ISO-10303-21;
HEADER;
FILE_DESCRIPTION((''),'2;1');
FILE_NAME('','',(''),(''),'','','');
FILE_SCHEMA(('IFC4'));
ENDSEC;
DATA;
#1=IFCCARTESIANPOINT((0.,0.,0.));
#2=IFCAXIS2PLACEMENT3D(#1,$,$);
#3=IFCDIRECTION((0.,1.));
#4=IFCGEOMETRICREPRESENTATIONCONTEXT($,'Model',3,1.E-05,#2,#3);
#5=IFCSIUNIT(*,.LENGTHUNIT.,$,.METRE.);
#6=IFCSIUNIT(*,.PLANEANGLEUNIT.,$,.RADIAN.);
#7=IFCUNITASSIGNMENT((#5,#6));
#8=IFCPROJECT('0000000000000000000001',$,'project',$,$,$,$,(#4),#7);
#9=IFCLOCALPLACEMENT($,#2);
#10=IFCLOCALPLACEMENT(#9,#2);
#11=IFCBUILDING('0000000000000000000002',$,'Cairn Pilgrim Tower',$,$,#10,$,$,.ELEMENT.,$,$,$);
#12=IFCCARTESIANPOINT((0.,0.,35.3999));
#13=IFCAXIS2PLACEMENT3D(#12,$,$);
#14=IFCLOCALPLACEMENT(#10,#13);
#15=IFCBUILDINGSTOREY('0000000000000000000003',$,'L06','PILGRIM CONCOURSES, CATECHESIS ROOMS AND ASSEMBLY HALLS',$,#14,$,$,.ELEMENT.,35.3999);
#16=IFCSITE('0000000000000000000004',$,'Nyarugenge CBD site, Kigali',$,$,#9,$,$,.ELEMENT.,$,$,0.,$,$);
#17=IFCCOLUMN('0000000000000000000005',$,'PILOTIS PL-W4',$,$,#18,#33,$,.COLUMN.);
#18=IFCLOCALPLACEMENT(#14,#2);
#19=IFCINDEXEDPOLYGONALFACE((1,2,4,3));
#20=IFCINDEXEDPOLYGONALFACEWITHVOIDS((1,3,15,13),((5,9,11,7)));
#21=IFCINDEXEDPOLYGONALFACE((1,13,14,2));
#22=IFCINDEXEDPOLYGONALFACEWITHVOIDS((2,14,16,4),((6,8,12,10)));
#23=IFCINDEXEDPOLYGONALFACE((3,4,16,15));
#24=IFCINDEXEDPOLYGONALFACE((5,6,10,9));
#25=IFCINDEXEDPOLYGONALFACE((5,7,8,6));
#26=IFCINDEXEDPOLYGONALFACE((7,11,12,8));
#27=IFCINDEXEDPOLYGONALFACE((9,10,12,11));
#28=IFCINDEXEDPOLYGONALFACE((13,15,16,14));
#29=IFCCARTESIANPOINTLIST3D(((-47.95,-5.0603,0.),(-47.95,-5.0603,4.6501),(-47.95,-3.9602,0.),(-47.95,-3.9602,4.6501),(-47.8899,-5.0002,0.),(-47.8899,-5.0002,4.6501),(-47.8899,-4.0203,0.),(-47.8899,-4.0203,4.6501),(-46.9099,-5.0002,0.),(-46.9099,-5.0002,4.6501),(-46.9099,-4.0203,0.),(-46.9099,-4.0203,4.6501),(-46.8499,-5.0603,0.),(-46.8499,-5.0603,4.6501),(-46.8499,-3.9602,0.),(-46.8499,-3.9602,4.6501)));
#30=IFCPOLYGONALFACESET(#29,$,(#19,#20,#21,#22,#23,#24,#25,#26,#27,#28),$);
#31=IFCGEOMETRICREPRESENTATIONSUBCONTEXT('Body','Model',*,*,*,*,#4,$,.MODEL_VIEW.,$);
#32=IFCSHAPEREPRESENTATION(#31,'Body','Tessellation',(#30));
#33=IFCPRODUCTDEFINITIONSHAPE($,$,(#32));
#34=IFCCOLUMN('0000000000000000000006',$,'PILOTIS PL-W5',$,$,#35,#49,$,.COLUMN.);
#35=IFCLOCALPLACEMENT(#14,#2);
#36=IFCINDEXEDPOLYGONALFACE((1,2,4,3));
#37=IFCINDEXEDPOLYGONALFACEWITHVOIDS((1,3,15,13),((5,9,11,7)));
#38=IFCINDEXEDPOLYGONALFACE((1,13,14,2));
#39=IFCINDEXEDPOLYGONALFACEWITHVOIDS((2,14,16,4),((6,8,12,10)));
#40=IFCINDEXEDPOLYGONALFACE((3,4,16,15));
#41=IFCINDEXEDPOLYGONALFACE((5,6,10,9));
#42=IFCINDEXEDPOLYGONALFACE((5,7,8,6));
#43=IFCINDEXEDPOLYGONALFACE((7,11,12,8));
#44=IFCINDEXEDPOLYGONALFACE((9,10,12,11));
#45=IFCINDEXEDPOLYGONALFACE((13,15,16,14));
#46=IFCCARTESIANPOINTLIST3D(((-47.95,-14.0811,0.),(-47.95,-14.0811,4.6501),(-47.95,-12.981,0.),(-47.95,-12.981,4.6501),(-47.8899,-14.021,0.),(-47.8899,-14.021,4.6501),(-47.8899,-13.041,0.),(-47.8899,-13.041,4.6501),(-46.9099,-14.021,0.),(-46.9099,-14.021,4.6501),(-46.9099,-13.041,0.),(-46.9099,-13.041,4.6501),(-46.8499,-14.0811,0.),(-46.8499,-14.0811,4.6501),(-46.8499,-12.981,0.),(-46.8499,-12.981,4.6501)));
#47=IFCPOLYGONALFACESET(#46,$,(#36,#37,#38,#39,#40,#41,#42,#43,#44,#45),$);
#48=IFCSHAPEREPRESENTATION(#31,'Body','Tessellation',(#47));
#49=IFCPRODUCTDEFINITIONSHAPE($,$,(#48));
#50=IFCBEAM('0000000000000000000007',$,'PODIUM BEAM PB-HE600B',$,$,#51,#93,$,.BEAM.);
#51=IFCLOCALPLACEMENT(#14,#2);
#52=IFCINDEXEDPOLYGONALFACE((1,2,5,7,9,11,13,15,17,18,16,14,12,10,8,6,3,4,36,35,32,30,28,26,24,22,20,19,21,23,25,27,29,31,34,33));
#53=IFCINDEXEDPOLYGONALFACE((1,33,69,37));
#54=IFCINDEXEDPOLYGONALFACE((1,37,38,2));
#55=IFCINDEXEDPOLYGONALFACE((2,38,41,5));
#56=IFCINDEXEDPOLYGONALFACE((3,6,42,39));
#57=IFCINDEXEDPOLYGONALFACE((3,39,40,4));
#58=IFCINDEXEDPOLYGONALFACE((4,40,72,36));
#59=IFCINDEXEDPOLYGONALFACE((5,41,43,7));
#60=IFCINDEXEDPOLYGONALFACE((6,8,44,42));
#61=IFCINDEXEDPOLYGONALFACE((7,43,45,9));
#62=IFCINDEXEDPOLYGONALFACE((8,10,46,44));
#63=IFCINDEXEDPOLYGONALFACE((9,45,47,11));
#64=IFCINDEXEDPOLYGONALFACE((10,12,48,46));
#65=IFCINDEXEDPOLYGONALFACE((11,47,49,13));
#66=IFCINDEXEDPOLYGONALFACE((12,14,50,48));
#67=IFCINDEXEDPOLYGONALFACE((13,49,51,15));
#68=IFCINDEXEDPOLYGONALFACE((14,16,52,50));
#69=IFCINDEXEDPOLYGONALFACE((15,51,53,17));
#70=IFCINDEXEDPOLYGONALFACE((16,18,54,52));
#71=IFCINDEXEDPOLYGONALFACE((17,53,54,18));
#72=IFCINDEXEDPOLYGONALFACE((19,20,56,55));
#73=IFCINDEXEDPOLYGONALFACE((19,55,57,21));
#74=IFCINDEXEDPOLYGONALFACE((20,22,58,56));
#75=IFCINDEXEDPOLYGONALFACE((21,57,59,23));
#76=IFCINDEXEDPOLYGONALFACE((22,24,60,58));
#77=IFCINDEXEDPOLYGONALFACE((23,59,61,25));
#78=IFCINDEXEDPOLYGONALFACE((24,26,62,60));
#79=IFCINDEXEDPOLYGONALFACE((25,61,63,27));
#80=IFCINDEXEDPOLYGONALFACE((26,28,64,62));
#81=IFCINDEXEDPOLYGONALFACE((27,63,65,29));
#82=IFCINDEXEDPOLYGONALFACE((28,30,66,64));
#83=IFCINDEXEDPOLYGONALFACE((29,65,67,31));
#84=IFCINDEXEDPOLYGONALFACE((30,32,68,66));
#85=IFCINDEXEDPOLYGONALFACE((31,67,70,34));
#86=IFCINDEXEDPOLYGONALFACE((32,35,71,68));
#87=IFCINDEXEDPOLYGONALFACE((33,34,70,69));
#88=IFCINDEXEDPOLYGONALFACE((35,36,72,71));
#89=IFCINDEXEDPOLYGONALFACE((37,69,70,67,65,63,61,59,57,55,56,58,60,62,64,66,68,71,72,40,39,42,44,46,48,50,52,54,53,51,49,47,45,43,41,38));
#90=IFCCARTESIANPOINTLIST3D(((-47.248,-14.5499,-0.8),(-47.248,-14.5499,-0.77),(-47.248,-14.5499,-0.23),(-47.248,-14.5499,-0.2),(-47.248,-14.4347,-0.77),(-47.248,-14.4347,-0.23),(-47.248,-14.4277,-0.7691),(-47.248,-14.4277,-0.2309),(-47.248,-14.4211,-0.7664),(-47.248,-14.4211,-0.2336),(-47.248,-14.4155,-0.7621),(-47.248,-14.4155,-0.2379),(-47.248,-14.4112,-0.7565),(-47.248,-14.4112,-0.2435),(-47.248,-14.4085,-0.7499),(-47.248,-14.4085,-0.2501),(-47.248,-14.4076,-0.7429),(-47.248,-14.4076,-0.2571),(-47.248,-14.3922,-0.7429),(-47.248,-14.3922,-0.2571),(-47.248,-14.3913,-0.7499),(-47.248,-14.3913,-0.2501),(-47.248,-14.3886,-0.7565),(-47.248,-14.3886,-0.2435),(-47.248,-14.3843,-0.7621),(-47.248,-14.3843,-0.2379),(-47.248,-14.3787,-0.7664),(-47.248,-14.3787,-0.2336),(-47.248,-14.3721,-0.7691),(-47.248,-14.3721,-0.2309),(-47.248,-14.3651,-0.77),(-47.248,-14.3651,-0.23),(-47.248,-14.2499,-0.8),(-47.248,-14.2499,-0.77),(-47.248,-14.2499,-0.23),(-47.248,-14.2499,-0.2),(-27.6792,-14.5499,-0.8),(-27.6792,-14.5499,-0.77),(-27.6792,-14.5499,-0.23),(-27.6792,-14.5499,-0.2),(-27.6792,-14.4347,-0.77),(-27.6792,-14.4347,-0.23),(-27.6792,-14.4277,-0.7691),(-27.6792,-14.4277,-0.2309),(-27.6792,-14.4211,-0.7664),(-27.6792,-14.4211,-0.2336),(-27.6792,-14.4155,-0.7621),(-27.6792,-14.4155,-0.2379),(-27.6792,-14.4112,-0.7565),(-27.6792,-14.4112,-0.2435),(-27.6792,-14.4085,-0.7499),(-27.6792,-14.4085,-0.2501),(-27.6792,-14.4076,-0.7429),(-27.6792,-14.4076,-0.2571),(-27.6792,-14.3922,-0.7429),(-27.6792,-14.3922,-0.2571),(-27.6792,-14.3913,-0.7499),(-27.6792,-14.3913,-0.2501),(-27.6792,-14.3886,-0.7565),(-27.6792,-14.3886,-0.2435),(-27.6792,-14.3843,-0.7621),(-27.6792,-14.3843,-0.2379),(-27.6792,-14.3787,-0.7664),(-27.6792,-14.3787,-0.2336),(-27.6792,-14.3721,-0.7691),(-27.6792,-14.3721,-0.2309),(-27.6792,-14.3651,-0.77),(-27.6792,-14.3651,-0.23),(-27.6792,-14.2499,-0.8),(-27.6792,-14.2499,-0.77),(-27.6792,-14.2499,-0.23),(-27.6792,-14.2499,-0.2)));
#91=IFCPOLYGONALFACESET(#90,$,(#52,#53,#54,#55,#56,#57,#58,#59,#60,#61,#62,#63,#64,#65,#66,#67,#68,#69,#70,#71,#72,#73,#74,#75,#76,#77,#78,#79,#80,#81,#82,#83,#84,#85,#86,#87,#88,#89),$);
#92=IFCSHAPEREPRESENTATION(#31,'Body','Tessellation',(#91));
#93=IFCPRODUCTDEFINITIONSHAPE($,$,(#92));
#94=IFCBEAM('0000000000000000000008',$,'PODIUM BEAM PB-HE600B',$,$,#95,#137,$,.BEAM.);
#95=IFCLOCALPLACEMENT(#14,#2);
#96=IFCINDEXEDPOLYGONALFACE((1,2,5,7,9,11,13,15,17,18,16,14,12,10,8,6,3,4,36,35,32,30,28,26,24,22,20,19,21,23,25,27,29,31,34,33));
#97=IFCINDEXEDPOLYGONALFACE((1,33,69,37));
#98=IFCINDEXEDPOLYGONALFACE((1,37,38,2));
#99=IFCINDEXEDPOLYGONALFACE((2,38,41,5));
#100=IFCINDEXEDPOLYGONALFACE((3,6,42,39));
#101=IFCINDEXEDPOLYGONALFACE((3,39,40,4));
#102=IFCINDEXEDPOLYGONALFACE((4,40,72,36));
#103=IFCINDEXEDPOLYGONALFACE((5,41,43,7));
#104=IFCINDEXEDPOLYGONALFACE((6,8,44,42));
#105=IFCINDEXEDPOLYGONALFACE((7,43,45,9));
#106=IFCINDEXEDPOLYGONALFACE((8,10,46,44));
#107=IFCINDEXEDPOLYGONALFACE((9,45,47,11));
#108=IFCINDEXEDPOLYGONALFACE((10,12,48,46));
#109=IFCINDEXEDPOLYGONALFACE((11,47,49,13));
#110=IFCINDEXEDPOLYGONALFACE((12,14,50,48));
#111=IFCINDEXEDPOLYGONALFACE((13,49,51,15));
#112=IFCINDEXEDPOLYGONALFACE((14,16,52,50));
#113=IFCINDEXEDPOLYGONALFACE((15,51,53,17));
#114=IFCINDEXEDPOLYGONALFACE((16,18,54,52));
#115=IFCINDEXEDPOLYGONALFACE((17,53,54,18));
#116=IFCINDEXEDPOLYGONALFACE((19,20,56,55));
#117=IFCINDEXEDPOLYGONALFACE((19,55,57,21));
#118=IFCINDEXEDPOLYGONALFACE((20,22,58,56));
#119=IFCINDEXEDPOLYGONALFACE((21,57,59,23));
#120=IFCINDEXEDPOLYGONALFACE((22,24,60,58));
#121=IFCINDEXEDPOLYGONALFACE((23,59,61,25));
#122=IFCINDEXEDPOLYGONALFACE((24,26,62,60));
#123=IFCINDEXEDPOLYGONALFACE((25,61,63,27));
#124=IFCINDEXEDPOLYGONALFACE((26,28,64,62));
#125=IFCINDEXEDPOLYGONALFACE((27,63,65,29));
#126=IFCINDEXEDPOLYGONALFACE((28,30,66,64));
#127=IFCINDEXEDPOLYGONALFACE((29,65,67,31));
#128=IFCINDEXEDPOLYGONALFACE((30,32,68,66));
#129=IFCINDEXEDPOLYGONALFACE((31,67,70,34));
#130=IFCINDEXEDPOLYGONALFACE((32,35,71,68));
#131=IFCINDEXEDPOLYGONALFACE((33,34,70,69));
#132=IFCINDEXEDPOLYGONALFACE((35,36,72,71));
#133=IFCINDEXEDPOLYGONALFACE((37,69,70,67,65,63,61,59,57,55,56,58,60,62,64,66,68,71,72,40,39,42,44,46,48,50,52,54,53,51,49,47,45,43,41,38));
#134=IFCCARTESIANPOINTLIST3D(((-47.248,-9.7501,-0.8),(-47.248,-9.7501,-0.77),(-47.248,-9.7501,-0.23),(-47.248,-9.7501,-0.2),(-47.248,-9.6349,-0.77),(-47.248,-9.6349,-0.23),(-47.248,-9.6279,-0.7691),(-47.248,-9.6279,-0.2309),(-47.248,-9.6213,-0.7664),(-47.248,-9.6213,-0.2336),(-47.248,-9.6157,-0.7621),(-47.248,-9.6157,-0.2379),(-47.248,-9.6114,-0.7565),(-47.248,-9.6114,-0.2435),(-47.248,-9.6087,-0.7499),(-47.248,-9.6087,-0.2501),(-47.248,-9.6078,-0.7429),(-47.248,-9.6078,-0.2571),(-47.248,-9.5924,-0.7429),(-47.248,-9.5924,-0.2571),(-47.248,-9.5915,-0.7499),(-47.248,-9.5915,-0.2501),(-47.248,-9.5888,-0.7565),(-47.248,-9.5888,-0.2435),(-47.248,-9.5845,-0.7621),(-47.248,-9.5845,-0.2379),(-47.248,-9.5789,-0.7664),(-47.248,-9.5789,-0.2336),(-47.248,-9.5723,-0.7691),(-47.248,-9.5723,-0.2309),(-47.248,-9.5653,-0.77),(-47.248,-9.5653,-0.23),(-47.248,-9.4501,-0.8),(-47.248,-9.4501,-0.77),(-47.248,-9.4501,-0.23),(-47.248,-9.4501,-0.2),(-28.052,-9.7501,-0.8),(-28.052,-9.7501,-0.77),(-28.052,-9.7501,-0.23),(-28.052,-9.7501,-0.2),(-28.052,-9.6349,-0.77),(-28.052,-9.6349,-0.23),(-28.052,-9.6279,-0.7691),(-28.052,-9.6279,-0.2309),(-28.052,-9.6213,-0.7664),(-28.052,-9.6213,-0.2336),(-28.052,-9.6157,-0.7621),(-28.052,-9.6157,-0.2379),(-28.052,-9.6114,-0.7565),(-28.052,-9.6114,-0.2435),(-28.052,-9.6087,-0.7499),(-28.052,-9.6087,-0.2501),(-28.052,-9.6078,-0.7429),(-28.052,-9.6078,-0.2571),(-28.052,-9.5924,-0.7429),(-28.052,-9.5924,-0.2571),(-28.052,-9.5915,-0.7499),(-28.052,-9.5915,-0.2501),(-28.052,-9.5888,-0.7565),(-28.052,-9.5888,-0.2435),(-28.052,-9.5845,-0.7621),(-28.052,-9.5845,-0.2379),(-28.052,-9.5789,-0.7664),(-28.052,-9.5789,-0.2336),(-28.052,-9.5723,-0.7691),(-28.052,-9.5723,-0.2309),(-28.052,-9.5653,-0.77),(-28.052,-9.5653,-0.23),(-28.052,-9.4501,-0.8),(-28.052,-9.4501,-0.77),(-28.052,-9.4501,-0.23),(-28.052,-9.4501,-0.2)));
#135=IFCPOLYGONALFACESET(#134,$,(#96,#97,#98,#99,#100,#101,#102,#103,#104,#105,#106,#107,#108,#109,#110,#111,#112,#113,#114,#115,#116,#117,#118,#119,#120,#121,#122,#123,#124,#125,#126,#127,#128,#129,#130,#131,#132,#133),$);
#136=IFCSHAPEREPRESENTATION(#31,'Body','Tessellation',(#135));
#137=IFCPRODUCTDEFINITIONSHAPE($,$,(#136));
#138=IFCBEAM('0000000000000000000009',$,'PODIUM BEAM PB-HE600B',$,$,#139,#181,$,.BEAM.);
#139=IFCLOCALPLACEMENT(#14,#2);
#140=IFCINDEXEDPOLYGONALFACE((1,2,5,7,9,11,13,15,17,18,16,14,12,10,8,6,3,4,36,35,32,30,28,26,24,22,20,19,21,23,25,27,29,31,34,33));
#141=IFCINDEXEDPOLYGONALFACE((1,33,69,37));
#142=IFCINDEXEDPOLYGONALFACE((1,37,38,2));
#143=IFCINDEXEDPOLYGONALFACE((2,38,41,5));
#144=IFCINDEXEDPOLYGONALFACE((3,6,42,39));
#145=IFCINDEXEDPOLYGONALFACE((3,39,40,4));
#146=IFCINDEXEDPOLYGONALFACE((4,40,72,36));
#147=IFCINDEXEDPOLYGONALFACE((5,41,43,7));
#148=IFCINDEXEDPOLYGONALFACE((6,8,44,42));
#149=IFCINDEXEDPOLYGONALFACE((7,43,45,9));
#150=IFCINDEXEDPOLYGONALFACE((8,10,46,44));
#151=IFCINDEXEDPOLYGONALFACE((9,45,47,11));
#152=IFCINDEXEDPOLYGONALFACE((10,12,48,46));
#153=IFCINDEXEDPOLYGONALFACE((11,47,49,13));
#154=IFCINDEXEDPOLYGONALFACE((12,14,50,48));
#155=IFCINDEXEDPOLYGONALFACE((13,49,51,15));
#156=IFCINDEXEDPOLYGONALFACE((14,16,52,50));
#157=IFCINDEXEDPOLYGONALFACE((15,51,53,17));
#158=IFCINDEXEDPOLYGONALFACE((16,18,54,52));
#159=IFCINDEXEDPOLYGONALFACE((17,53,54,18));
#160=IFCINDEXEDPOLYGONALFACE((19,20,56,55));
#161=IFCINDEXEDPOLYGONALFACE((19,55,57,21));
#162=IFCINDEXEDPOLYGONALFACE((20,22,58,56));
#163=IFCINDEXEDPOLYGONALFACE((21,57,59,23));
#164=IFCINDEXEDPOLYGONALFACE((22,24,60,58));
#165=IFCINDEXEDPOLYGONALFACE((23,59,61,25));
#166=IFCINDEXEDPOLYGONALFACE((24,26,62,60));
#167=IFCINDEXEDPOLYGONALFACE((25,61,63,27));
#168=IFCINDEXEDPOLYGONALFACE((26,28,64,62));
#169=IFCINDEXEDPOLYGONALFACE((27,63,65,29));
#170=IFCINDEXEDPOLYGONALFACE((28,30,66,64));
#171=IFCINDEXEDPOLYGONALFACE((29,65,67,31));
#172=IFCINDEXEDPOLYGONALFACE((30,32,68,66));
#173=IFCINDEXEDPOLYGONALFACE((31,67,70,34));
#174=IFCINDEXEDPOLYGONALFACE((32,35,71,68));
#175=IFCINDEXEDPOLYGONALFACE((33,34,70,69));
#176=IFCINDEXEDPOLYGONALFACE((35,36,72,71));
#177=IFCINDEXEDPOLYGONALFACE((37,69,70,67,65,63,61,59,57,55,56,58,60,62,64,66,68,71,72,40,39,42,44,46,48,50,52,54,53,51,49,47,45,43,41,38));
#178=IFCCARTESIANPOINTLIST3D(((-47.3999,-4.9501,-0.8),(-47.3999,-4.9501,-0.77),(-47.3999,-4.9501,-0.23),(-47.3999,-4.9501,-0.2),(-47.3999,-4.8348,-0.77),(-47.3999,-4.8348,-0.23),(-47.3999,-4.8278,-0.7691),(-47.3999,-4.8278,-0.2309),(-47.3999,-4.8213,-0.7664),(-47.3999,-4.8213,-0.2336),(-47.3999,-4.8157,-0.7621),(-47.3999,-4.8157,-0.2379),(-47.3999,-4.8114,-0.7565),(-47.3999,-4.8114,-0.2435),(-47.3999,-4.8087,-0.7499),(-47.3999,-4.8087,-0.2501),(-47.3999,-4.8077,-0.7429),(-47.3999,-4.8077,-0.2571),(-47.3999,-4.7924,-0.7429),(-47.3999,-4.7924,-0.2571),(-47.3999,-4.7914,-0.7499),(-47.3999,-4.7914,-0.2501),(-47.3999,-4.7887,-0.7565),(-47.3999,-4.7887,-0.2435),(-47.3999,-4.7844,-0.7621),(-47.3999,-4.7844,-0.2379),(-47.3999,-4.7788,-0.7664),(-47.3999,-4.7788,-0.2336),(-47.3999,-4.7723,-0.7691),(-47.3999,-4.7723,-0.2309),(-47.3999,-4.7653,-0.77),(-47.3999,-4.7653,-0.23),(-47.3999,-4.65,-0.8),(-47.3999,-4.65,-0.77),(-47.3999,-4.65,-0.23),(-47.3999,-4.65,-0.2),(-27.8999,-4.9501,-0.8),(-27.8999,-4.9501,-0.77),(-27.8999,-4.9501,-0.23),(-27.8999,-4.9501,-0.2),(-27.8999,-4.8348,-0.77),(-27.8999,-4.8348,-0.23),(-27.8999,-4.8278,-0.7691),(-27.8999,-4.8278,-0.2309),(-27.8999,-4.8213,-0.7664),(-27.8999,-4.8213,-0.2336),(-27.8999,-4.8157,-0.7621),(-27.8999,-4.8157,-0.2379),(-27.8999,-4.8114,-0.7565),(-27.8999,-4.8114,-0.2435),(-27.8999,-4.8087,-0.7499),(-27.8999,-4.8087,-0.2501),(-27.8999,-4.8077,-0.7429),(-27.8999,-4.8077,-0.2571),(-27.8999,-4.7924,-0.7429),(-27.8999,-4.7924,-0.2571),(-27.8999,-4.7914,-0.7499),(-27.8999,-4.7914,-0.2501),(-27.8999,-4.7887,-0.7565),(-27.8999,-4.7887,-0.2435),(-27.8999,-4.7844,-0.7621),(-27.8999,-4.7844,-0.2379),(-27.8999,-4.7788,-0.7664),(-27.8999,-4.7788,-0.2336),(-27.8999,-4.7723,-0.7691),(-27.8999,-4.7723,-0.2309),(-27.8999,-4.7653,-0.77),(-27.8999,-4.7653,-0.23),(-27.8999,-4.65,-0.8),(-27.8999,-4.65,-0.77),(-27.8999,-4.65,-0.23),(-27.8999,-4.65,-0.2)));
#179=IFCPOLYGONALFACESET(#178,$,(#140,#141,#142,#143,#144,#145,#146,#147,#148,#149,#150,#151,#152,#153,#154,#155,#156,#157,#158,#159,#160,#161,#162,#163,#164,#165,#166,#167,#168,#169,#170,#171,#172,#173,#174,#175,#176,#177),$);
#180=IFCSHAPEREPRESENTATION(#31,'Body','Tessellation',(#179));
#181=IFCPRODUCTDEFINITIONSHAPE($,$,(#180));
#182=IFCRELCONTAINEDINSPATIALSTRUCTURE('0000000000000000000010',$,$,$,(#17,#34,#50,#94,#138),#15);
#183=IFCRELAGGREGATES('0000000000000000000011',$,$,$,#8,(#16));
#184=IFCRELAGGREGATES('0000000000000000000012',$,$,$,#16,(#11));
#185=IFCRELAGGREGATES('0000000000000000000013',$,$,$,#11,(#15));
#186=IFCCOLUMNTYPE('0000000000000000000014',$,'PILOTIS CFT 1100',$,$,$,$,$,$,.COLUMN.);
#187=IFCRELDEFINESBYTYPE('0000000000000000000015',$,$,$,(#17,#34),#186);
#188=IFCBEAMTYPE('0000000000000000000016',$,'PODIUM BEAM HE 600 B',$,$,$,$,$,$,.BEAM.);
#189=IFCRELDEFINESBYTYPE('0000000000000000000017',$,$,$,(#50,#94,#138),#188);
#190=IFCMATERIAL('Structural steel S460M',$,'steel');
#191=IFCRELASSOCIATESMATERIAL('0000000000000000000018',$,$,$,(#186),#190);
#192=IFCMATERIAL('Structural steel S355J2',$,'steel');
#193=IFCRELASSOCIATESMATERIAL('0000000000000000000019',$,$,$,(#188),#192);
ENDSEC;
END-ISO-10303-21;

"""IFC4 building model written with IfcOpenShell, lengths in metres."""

from ifc_helpers import new_model, si_unit, direction, frame, origin, origin_2d, place, context, subcontext, project, spatial, hollow_rectangle, i_section, extrude, material, material_profile, profile_set, type_object, element, save


model = new_model("IFC4")

# Units and contexts
model_context = context("Model", 3, precision=1e-05, world=origin(), true_north=direction((0.0, 1.0)))
body_context = subcontext(model_context, "Body", "Model", "MODEL_VIEW")
ifc_project = project(units=[si_unit("LENGTHUNIT", "METRE"), si_unit("PLANEANGLEUNIT", "RADIAN")], contexts=[model_context])

# Site, building, storey
site_placement = place(None, origin())
site = spatial("IfcSite", under=ifc_project, at=site_placement, Name="Nyarugenge CBD site, Kigali", CompositionType="ELEMENT", RefElevation=0.0)
building_placement = place(site_placement, origin())
building = spatial("IfcBuilding", under=site, at=building_placement, Name="Cairn Pilgrim Tower", CompositionType="ELEMENT")
storey_placement = place(building_placement, frame((0.0, 0.0, 35.3999)))
storey = spatial("IfcBuildingStorey", under=building, at=storey_placement, Name="L06", Description="PILGRIM CONCOURSES, CATECHESIS ROOMS AND ASSEMBLY HALLS", CompositionType="ELEMENT", Elevation=35.3999)

# Columns
ifc_material_1 = material(Name="Structural steel S460M", Category="steel")
ifc_material_profile_1 = material_profile(ifc_material_1, hollow_rectangle(XDim=1.1001, YDim=1.1001, WallThickness=0.0601, at=origin_2d()), Name="BOX 1100x1100x60")
ifc_profile_set_1 = profile_set([ifc_material_profile_1], Name="Structural steel S460M")
column_type = type_object("IfcColumnType", Name="PILOTIS CFT 1100", PredefinedType="COLUMN", material=ifc_profile_set_1)
for number, where, z_axis, x_axis, name in (
    (1, (-47.3999, -4.5103, 0.0), (0.0, 0.0, 1.0), (1.0, 0.0, 0.0), "PILOTIS PL-W4"),
    (2, (-47.3999, -13.531, 0.0), (0.0, 0.0, 1.0), (1.0, 0.0, 0.0), "PILOTIS PL-W5"),
):
    element("IfcColumn", number, at=place(storey_placement, frame(where, z_axis=z_axis, x_axis=x_axis)), inside=storey, type_object=column_type, Name=name, PredefinedType="COLUMN", context=body_context, shape_type="SweptSolid", body=[
        extrude(hollow_rectangle(XDim=1.1001, YDim=1.1001, WallThickness=0.0601, at=origin_2d()), origin(), (0.0, 0.0, 1.0), 4.6501),
    ])

# Beams
ifc_material_2 = material(Name="Structural steel S355J2", Category="steel")
ifc_material_profile_2 = material_profile(ifc_material_2, i_section(OverallWidth=0.3, OverallDepth=0.6001, WebThickness=0.0154, FlangeThickness=0.03, FilletRadius=0.0271, at=origin_2d()), Name="HEB 600")
ifc_profile_set_2 = profile_set([ifc_material_profile_2], Name="Structural steel S355J2")
beam_type_1 = type_object("IfcBeamType", Name="PODIUM BEAM HE 600 B", PredefinedType="BEAM", material=ifc_profile_set_2)
beam_1_placement = place(storey_placement, frame((-47.248, -14.3999, -0.5), z_axis=(1.0, 0.0, 0.0), x_axis=(0.0, 1.0, 0.0)))
element("IfcBeam", 3, at=beam_1_placement, inside=storey, type_object=beam_type_1, Name="PODIUM BEAM PB-HE600B", PredefinedType="BEAM", context=body_context, shape_type="SweptSolid", body=[
    extrude(i_section(OverallWidth=0.3, OverallDepth=0.6001, WebThickness=0.0154, FlangeThickness=0.03, FilletRadius=0.0271, at=origin_2d()), origin(), (0.0, 0.0, 1.0), 19.5688),
])
beam_2_placement = place(storey_placement, frame((-47.248, -9.6001, -0.5), z_axis=(1.0, 0.0, 0.0), x_axis=(0.0, 1.0, 0.0)))
element("IfcBeam", 4, at=beam_2_placement, inside=storey, type_object=beam_type_1, Name="PODIUM BEAM PB-HE600B", PredefinedType="BEAM", context=body_context, shape_type="SweptSolid", body=[
    extrude(i_section(OverallWidth=0.3, OverallDepth=0.6001, WebThickness=0.0154, FlangeThickness=0.03, FilletRadius=0.0271, at=origin_2d()), origin(), (0.0, 0.0, 1.0), 19.196),
])
beam_3_placement = place(storey_placement, frame((-47.3999, -4.8, -0.5), z_axis=(1.0, 0.0, 0.0), x_axis=(0.0, 1.0, 0.0)))
element("IfcBeam", 5, at=beam_3_placement, inside=storey, type_object=beam_type_1, Name="PODIUM BEAM PB-HE600B", PredefinedType="BEAM", context=body_context, shape_type="SweptSolid", body=[
    extrude(i_section(OverallWidth=0.3, OverallDepth=0.6001, WebThickness=0.0154, FlangeThickness=0.03, FilletRadius=0.0271, at=origin_2d()), origin(), (0.0, 0.0, 1.0), 19.5),
])

save(model, "model.ifc")
